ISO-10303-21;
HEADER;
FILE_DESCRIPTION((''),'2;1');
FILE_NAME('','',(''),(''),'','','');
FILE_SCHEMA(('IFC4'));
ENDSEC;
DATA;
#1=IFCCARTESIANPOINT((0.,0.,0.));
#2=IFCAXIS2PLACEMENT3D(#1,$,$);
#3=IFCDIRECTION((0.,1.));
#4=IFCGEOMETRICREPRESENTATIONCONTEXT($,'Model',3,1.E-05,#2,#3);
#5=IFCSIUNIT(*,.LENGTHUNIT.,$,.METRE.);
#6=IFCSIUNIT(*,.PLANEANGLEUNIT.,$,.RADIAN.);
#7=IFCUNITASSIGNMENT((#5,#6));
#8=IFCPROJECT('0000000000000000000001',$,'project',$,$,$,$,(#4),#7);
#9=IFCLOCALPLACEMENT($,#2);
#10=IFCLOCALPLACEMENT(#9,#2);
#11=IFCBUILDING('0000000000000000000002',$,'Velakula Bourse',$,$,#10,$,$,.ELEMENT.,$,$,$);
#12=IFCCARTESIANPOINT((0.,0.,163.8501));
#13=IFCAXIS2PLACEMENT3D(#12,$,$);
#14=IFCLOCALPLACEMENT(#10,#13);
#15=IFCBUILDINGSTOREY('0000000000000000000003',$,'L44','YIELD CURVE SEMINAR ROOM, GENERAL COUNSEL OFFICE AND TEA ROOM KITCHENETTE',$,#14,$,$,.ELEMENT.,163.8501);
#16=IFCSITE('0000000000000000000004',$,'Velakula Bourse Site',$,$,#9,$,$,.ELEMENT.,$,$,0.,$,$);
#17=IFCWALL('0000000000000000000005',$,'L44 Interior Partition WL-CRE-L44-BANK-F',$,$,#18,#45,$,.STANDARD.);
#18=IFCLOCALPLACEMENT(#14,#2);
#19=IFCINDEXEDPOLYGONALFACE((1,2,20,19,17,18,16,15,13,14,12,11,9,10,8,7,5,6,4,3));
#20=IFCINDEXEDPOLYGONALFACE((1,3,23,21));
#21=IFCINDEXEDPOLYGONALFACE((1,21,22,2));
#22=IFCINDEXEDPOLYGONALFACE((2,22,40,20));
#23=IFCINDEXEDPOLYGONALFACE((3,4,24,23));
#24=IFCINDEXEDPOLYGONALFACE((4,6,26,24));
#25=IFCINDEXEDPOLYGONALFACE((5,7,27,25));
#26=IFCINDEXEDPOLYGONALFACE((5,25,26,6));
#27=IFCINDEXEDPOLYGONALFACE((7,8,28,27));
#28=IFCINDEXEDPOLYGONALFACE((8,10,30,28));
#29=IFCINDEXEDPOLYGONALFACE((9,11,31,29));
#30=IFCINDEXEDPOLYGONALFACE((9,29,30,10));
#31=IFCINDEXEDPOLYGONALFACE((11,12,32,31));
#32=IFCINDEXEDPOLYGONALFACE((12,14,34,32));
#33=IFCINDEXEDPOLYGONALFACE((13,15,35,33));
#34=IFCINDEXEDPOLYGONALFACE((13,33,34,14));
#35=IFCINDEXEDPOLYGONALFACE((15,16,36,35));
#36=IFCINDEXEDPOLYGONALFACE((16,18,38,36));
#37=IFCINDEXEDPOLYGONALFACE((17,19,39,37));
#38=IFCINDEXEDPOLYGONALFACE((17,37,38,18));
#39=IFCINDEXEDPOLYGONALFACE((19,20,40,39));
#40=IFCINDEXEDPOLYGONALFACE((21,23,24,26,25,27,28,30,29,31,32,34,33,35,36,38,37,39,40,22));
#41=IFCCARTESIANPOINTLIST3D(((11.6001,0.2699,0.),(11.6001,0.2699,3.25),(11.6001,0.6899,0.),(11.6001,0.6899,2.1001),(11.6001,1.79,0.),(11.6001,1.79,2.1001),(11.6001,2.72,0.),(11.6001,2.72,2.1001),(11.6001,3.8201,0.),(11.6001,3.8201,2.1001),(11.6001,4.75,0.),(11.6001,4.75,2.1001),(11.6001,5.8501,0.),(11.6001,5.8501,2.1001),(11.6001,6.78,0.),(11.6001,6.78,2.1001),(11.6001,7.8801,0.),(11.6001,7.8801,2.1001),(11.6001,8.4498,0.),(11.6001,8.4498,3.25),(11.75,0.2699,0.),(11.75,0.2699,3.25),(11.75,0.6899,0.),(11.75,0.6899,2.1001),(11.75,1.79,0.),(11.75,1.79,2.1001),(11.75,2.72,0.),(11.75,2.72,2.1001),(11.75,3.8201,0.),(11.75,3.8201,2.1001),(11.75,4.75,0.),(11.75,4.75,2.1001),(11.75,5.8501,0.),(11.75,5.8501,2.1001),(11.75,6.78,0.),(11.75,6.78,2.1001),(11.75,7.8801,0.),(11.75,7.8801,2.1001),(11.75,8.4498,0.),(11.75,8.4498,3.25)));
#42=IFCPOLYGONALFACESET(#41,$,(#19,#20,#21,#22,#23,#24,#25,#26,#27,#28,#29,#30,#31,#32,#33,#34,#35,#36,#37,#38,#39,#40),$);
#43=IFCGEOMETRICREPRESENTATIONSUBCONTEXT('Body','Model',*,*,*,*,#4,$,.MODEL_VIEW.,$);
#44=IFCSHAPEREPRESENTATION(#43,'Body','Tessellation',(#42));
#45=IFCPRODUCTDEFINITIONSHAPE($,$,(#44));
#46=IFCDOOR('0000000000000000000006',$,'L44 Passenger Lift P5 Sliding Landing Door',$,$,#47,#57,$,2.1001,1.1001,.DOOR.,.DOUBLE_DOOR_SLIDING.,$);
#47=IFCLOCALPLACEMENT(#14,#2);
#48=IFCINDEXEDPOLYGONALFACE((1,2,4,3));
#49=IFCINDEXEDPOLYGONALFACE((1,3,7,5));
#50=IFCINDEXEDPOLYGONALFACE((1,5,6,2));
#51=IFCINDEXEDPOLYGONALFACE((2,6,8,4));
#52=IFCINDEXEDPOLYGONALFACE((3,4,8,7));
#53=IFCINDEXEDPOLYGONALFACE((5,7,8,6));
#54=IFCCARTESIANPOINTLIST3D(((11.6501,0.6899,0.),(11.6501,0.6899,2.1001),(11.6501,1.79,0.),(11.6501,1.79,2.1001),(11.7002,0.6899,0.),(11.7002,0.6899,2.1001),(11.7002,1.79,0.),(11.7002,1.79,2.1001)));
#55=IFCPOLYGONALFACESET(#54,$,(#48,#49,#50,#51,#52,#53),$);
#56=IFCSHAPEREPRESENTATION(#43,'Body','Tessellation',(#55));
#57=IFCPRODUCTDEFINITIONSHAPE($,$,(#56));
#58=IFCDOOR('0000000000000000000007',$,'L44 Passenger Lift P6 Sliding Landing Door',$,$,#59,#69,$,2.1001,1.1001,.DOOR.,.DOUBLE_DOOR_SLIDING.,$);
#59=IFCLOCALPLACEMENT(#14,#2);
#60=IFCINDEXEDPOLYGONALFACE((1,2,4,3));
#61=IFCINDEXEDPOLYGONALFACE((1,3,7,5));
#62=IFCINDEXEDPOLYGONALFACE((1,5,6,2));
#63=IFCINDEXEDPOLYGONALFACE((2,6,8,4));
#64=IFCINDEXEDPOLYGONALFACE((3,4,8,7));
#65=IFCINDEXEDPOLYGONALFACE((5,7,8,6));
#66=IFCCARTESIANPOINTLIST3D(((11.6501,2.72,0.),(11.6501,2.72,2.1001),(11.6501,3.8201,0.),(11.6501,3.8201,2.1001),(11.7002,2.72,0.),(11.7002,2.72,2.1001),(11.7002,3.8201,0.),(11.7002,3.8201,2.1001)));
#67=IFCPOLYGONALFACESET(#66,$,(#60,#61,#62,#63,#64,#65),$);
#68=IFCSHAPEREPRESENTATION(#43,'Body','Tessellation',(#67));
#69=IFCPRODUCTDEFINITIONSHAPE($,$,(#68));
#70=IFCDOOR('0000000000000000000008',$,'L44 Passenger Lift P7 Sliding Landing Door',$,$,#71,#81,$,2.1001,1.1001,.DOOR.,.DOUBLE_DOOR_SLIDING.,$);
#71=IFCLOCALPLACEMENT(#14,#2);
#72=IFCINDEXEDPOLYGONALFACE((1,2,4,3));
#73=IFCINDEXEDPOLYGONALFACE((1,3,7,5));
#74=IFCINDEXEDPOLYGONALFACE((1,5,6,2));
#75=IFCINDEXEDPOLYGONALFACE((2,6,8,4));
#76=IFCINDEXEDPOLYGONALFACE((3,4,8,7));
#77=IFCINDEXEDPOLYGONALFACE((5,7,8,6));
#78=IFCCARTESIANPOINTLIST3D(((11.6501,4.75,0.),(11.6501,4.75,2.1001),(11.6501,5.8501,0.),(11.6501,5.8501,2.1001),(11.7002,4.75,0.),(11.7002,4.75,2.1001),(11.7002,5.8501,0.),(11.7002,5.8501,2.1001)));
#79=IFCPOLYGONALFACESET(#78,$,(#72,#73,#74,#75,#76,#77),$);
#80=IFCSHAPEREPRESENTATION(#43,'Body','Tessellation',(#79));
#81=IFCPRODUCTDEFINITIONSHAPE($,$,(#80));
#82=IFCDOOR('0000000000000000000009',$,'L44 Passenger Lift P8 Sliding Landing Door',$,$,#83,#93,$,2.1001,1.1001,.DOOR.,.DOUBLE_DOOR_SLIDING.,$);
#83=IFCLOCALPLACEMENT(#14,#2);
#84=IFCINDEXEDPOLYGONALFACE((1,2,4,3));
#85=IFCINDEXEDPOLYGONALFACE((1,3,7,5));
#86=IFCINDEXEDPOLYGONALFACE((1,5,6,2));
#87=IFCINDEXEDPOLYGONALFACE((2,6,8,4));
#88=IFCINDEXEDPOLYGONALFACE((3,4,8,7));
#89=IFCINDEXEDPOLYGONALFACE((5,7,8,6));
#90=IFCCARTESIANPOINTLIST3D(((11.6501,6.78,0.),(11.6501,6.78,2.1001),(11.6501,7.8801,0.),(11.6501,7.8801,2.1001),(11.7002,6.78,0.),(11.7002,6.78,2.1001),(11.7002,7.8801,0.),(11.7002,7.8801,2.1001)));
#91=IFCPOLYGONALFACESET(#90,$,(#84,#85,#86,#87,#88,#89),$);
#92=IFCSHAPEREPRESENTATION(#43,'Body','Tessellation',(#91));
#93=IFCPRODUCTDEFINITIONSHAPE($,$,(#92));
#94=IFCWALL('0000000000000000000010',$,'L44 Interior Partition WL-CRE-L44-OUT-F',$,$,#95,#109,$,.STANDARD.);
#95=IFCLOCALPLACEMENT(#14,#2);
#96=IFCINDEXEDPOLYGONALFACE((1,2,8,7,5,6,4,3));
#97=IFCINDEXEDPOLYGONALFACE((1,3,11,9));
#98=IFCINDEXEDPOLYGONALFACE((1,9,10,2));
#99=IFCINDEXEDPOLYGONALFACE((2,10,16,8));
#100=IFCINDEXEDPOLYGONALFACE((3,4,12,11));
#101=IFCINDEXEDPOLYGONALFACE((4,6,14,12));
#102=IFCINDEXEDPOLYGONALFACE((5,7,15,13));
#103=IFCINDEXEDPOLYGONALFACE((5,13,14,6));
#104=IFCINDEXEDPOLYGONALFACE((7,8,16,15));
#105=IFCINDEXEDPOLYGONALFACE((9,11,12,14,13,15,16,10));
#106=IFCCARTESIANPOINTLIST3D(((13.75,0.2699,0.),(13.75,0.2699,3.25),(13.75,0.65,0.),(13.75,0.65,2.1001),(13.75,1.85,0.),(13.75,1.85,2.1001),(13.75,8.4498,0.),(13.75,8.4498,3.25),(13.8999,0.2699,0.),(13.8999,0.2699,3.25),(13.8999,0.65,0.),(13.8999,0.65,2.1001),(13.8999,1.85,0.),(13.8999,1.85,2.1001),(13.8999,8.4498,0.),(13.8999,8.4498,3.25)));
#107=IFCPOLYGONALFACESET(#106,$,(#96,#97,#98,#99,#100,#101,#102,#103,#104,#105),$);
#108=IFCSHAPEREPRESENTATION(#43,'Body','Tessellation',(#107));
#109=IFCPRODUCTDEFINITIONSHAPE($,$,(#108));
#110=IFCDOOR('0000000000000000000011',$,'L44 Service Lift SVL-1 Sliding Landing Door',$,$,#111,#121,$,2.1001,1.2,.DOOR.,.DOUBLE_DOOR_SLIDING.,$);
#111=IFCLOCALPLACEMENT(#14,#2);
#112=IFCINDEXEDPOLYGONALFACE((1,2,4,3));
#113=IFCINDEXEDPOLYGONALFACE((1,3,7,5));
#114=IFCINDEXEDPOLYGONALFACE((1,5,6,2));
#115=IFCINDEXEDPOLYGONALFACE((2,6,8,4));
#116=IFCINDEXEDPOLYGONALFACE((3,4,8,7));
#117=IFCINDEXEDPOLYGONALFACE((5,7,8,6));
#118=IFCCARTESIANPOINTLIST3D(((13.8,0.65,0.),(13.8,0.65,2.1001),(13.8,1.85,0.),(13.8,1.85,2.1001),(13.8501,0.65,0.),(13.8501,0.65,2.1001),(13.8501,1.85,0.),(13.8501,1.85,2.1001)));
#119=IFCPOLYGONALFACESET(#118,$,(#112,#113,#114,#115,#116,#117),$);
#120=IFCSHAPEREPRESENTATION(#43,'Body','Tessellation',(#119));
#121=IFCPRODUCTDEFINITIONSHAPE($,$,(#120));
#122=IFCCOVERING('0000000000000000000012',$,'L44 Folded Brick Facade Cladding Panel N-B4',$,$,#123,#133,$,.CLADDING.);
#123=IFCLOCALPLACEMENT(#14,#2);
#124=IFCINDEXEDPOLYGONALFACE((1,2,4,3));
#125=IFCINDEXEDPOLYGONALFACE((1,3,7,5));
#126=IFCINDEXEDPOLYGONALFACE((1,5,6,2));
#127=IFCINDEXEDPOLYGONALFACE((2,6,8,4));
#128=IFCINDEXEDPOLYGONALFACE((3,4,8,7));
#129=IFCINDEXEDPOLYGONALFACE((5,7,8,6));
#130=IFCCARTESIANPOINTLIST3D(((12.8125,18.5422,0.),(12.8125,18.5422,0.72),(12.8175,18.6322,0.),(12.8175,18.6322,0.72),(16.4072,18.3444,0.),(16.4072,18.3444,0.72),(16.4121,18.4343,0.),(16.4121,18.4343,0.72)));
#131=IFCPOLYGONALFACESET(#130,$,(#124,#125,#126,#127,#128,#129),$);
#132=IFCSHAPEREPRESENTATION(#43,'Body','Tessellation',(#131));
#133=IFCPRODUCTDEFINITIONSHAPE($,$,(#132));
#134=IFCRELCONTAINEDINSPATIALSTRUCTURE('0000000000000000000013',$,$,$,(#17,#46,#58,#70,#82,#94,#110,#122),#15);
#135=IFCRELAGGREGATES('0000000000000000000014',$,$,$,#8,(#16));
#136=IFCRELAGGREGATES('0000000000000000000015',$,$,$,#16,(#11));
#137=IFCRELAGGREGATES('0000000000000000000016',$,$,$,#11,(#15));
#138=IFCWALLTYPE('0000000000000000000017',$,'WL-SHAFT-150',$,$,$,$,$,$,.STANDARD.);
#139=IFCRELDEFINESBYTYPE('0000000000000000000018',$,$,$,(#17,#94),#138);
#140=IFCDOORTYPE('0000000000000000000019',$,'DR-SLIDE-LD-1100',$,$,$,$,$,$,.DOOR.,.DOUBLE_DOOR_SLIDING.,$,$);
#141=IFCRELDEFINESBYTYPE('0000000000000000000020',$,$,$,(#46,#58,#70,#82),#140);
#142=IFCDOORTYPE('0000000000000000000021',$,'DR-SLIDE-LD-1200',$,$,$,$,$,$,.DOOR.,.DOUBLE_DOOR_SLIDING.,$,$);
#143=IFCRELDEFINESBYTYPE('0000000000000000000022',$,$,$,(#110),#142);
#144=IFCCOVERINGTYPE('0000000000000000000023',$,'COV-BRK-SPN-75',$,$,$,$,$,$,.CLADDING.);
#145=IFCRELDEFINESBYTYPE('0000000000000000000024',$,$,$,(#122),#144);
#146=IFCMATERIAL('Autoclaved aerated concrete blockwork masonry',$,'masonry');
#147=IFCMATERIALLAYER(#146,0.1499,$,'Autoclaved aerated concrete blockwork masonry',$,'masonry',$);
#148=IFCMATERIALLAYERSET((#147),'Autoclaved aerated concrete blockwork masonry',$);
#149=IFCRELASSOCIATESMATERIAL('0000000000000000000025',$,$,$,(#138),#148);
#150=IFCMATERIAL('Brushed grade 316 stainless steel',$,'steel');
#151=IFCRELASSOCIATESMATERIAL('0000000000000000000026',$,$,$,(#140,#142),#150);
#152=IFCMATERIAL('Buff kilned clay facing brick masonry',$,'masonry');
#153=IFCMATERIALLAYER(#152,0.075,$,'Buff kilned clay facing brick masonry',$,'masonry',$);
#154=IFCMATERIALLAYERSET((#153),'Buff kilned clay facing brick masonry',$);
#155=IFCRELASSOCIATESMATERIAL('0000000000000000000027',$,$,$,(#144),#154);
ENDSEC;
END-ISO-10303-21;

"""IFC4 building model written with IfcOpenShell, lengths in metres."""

from ifc_helpers import new_model, si_unit, direction, frame, frame_2d, origin, origin_2d, place, context, subcontext, project, spatial, rectangle, extrude, material, layer, layer_set, type_object, element, fill, save


model = new_model("IFC4")

# Units and contexts
model_context = context("Model", 3, precision=1e-05, world=origin(), true_north=direction((0.0, 1.0)))
body_context = subcontext(model_context, "Body", "Model", "MODEL_VIEW")
ifc_project = project(units=[si_unit("LENGTHUNIT", "METRE"), si_unit("PLANEANGLEUNIT", "RADIAN")], contexts=[model_context])

# Site, building, storey
site_placement = place(None, origin())
site = spatial("IfcSite", under=ifc_project, at=site_placement, Name="Velakula Bourse Site", CompositionType="ELEMENT", RefElevation=0.0)
building_placement = place(site_placement, origin())
building = spatial("IfcBuilding", under=site, at=building_placement, Name="Velakula Bourse", CompositionType="ELEMENT")
storey_placement = place(building_placement, frame((0.0, 0.0, 163.8501)))
storey = spatial("IfcBuildingStorey", under=building, at=storey_placement, Name="L44", Description="YIELD CURVE SEMINAR ROOM, GENERAL COUNSEL OFFICE AND TEA ROOM KITCHENETTE", CompositionType="ELEMENT", Elevation=163.8501)

# Shared definitions
ifc_material_1 = material(Name="Autoclaved aerated concrete blockwork masonry", Category="masonry")
ifc_layer_1 = layer(ifc_material_1, 0.1499, Name="Autoclaved aerated concrete blockwork masonry", Category="masonry")
ifc_layer_set_1 = layer_set([ifc_layer_1], Name="Autoclaved aerated concrete blockwork masonry")
wall_type_1 = type_object("IfcWallType", Name="WL-SHAFT-150", PredefinedType="STANDARD", material=ifc_layer_set_1)

# Wall, openings, doors
wall_1_placement = place(storey_placement, frame((11.675, 0.27, 0.0), z_axis=(0.0, 0.0, 1.0), x_axis=(0.0, 1.0, 0.0)))
wall_1 = element("IfcWall", 1, at=wall_1_placement, inside=storey, type_object=wall_type_1, Name="L44 Interior Partition WL-CRE-L44-BANK-F", PredefinedType="STANDARD", context=body_context, shape_type="SweptSolid", body=[
    extrude(rectangle(XDim=8.1799, YDim=0.1499, at=frame_2d((4.0898, 0.0))), origin(), (0.0, 0.0, 1.0), 3.25),
])
opening_1_placement = place(wall_1_placement, frame((0.4199, 0.0, 0.0)))
opening_1 = element("IfcOpeningElement", 2, at=opening_1_placement, cuts=wall_1, PredefinedType="OPENING", context=body_context, shape_type="SweptSolid", body=[
    extrude(rectangle(XDim=1.1001, YDim=2.1001, at=frame_2d((0.55, 1.05))), frame((0.0, 0.085, 0.0), z_axis=(0.0, -1.0, 0.0), x_axis=(1.0, 0.0, 0.0)), (0.0, 0.0, 1.0), 0.1699),
])
opening_2_placement = place(wall_1_placement, frame((2.45, 0.0, 0.0)))
opening_2 = element("IfcOpeningElement", 3, at=opening_2_placement, cuts=wall_1, PredefinedType="OPENING", context=body_context, shape_type="SweptSolid", body=[
    extrude(rectangle(XDim=1.1001, YDim=2.1001, at=frame_2d((0.55, 1.05))), frame((0.0, 0.085, 0.0), z_axis=(0.0, -1.0, 0.0), x_axis=(1.0, 0.0, 0.0)), (0.0, 0.0, 1.0), 0.1699),
])
opening_3_placement = place(wall_1_placement, frame((4.48, 0.0, 0.0)))
opening_3 = element("IfcOpeningElement", 4, at=opening_3_placement, cuts=wall_1, PredefinedType="OPENING", context=body_context, shape_type="SweptSolid", body=[
    extrude(rectangle(XDim=1.1001, YDim=2.1001, at=frame_2d((0.55, 1.05))), frame((0.0, 0.085, 0.0), z_axis=(0.0, -1.0, 0.0), x_axis=(1.0, 0.0, 0.0)), (0.0, 0.0, 1.0), 0.1699),
])
opening_4_placement = place(wall_1_placement, frame((6.51, 0.0, 0.0)))
opening_4 = element("IfcOpeningElement", 5, at=opening_4_placement, cuts=wall_1, PredefinedType="OPENING", context=body_context, shape_type="SweptSolid", body=[
    extrude(rectangle(XDim=1.1001, YDim=2.1001, at=frame_2d((0.55, 1.05))), frame((0.0, 0.085, 0.0), z_axis=(0.0, -1.0, 0.0), x_axis=(1.0, 0.0, 0.0)), (0.0, 0.0, 1.0), 0.1699),
])
ifc_material_2 = material(Name="Brushed grade 316 stainless steel", Category="steel")
door_type_1 = type_object("IfcDoorType", Name="DR-SLIDE-LD-1100", OperationType="DOUBLE_DOOR_SLIDING", PredefinedType="DOOR", material=ifc_material_2)
door_1_placement = place(opening_1_placement, origin())
door_1 = element("IfcDoor", 6, at=door_1_placement, inside=storey, type_object=door_type_1, Name="L44 Passenger Lift P5 Sliding Landing Door", OperationType="DOUBLE_DOOR_SLIDING", OverallHeight=2.1001, OverallWidth=1.1001, PredefinedType="DOOR", context=body_context, shape_type="SweptSolid", body=[
    extrude(rectangle(XDim=1.1001, YDim=2.1001, at=frame_2d((0.55, 1.05))), frame((0.0, 0.0249, 0.0), z_axis=(0.0, -1.0, 0.0), x_axis=(1.0, 0.0, 0.0)), (0.0, 0.0, 1.0), 0.05),
])
fill(opening_1, door_1)
door_2_placement = place(opening_2_placement, origin())
door_2 = element("IfcDoor", 7, at=door_2_placement, inside=storey, type_object=door_type_1, Name="L44 Passenger Lift P6 Sliding Landing Door", OperationType="DOUBLE_DOOR_SLIDING", OverallHeight=2.1001, OverallWidth=1.1001, PredefinedType="DOOR", context=body_context, shape_type="SweptSolid", body=[
    extrude(rectangle(XDim=1.1001, YDim=2.1001, at=frame_2d((0.55, 1.05))), frame((0.0, 0.0249, 0.0), z_axis=(0.0, -1.0, 0.0), x_axis=(1.0, 0.0, 0.0)), (0.0, 0.0, 1.0), 0.05),
])
fill(opening_2, door_2)
door_3_placement = place(opening_3_placement, origin())
door_3 = element("IfcDoor", 8, at=door_3_placement, inside=storey, type_object=door_type_1, Name="L44 Passenger Lift P7 Sliding Landing Door", OperationType="DOUBLE_DOOR_SLIDING", OverallHeight=2.1001, OverallWidth=1.1001, PredefinedType="DOOR", context=body_context, shape_type="SweptSolid", body=[
    extrude(rectangle(XDim=1.1001, YDim=2.1001, at=frame_2d((0.55, 1.05))), frame((0.0, 0.0249, 0.0), z_axis=(0.0, -1.0, 0.0), x_axis=(1.0, 0.0, 0.0)), (0.0, 0.0, 1.0), 0.05),
])
fill(opening_3, door_3)
door_4_placement = place(opening_4_placement, origin())
door_4 = element("IfcDoor", 9, at=door_4_placement, inside=storey, type_object=door_type_1, Name="L44 Passenger Lift P8 Sliding Landing Door", OperationType="DOUBLE_DOOR_SLIDING", OverallHeight=2.1001, OverallWidth=1.1001, PredefinedType="DOOR", context=body_context, shape_type="SweptSolid", body=[
    extrude(rectangle(XDim=1.1001, YDim=2.1001, at=frame_2d((0.55, 1.05))), frame((0.0, 0.0249, 0.0), z_axis=(0.0, -1.0, 0.0), x_axis=(1.0, 0.0, 0.0)), (0.0, 0.0, 1.0), 0.05),
])
fill(opening_4, door_4)

# Wall, opening, door
wall_2_placement = place(storey_placement, frame((13.825, 0.27, 0.0), z_axis=(0.0, 0.0, 1.0), x_axis=(0.0, 1.0, 0.0)))
wall_2 = element("IfcWall", 10, at=wall_2_placement, inside=storey, type_object=wall_type_1, Name="L44 Interior Partition WL-CRE-L44-OUT-F", PredefinedType="STANDARD", context=body_context, shape_type="SweptSolid", body=[
    extrude(rectangle(XDim=8.1799, YDim=0.1499, at=frame_2d((4.0898, 0.0))), origin(), (0.0, 0.0, 1.0), 3.25),
])
opening_5_placement = place(wall_2_placement, frame((0.3799, 0.0, 0.0)))
opening_5 = element("IfcOpeningElement", 11, at=opening_5_placement, cuts=wall_2, PredefinedType="OPENING", context=body_context, shape_type="SweptSolid", body=[
    extrude(rectangle(XDim=1.2, YDim=2.1001, at=frame_2d((0.6001, 1.05))), frame((0.0, 0.085, 0.0), z_axis=(0.0, -1.0, 0.0), x_axis=(1.0, 0.0, 0.0)), (0.0, 0.0, 1.0), 0.1699),
])
door_type_2 = type_object("IfcDoorType", Name="DR-SLIDE-LD-1200", OperationType="DOUBLE_DOOR_SLIDING", PredefinedType="DOOR", material=ifc_material_2)
door_5_placement = place(opening_5_placement, origin())
door_5 = element("IfcDoor", 12, at=door_5_placement, inside=storey, type_object=door_type_2, Name="L44 Service Lift SVL-1 Sliding Landing Door", OperationType="DOUBLE_DOOR_SLIDING", OverallHeight=2.1001, OverallWidth=1.2, PredefinedType="DOOR", context=body_context, shape_type="SweptSolid", body=[
    extrude(rectangle(XDim=1.2, YDim=2.1001, at=frame_2d((0.6001, 1.05))), frame((0.0, 0.0249, 0.0), z_axis=(0.0, -1.0, 0.0), x_axis=(1.0, 0.0, 0.0)), (0.0, 0.0, 1.0), 0.05),
])
fill(opening_5, door_5)

# Covering
ifc_material_3 = material(Name="Buff kilned clay facing brick masonry", Category="masonry")
ifc_layer_2 = layer(ifc_material_3, 0.075, Name="Buff kilned clay facing brick masonry", Category="masonry")
ifc_layer_set_2 = layer_set([ifc_layer_2], Name="Buff kilned clay facing brick masonry")
covering_type = type_object("IfcCoveringType", Name="COV-BRK-SPN-75", PredefinedType="CLADDING", material=ifc_layer_set_2)
covering_placement = place(storey_placement, frame((14.6123, 18.4883, 0.0), z_axis=(0.0, 0.0, 1.0), x_axis=(0.998489, -0.05495, 0.0)))
element("IfcCovering", 13, at=covering_placement, inside=storey, type_object=covering_type, Name="L44 Folded Brick Facade Cladding Panel N-B4", PredefinedType="CLADDING", context=body_context, shape_type="SweptSolid", body=[
    extrude(rectangle(XDim=3.6001, YDim=0.0901, at=origin_2d()), origin(), (0.0, 0.0, 1.0), 0.72),
])

save(model, "model.ifc")
